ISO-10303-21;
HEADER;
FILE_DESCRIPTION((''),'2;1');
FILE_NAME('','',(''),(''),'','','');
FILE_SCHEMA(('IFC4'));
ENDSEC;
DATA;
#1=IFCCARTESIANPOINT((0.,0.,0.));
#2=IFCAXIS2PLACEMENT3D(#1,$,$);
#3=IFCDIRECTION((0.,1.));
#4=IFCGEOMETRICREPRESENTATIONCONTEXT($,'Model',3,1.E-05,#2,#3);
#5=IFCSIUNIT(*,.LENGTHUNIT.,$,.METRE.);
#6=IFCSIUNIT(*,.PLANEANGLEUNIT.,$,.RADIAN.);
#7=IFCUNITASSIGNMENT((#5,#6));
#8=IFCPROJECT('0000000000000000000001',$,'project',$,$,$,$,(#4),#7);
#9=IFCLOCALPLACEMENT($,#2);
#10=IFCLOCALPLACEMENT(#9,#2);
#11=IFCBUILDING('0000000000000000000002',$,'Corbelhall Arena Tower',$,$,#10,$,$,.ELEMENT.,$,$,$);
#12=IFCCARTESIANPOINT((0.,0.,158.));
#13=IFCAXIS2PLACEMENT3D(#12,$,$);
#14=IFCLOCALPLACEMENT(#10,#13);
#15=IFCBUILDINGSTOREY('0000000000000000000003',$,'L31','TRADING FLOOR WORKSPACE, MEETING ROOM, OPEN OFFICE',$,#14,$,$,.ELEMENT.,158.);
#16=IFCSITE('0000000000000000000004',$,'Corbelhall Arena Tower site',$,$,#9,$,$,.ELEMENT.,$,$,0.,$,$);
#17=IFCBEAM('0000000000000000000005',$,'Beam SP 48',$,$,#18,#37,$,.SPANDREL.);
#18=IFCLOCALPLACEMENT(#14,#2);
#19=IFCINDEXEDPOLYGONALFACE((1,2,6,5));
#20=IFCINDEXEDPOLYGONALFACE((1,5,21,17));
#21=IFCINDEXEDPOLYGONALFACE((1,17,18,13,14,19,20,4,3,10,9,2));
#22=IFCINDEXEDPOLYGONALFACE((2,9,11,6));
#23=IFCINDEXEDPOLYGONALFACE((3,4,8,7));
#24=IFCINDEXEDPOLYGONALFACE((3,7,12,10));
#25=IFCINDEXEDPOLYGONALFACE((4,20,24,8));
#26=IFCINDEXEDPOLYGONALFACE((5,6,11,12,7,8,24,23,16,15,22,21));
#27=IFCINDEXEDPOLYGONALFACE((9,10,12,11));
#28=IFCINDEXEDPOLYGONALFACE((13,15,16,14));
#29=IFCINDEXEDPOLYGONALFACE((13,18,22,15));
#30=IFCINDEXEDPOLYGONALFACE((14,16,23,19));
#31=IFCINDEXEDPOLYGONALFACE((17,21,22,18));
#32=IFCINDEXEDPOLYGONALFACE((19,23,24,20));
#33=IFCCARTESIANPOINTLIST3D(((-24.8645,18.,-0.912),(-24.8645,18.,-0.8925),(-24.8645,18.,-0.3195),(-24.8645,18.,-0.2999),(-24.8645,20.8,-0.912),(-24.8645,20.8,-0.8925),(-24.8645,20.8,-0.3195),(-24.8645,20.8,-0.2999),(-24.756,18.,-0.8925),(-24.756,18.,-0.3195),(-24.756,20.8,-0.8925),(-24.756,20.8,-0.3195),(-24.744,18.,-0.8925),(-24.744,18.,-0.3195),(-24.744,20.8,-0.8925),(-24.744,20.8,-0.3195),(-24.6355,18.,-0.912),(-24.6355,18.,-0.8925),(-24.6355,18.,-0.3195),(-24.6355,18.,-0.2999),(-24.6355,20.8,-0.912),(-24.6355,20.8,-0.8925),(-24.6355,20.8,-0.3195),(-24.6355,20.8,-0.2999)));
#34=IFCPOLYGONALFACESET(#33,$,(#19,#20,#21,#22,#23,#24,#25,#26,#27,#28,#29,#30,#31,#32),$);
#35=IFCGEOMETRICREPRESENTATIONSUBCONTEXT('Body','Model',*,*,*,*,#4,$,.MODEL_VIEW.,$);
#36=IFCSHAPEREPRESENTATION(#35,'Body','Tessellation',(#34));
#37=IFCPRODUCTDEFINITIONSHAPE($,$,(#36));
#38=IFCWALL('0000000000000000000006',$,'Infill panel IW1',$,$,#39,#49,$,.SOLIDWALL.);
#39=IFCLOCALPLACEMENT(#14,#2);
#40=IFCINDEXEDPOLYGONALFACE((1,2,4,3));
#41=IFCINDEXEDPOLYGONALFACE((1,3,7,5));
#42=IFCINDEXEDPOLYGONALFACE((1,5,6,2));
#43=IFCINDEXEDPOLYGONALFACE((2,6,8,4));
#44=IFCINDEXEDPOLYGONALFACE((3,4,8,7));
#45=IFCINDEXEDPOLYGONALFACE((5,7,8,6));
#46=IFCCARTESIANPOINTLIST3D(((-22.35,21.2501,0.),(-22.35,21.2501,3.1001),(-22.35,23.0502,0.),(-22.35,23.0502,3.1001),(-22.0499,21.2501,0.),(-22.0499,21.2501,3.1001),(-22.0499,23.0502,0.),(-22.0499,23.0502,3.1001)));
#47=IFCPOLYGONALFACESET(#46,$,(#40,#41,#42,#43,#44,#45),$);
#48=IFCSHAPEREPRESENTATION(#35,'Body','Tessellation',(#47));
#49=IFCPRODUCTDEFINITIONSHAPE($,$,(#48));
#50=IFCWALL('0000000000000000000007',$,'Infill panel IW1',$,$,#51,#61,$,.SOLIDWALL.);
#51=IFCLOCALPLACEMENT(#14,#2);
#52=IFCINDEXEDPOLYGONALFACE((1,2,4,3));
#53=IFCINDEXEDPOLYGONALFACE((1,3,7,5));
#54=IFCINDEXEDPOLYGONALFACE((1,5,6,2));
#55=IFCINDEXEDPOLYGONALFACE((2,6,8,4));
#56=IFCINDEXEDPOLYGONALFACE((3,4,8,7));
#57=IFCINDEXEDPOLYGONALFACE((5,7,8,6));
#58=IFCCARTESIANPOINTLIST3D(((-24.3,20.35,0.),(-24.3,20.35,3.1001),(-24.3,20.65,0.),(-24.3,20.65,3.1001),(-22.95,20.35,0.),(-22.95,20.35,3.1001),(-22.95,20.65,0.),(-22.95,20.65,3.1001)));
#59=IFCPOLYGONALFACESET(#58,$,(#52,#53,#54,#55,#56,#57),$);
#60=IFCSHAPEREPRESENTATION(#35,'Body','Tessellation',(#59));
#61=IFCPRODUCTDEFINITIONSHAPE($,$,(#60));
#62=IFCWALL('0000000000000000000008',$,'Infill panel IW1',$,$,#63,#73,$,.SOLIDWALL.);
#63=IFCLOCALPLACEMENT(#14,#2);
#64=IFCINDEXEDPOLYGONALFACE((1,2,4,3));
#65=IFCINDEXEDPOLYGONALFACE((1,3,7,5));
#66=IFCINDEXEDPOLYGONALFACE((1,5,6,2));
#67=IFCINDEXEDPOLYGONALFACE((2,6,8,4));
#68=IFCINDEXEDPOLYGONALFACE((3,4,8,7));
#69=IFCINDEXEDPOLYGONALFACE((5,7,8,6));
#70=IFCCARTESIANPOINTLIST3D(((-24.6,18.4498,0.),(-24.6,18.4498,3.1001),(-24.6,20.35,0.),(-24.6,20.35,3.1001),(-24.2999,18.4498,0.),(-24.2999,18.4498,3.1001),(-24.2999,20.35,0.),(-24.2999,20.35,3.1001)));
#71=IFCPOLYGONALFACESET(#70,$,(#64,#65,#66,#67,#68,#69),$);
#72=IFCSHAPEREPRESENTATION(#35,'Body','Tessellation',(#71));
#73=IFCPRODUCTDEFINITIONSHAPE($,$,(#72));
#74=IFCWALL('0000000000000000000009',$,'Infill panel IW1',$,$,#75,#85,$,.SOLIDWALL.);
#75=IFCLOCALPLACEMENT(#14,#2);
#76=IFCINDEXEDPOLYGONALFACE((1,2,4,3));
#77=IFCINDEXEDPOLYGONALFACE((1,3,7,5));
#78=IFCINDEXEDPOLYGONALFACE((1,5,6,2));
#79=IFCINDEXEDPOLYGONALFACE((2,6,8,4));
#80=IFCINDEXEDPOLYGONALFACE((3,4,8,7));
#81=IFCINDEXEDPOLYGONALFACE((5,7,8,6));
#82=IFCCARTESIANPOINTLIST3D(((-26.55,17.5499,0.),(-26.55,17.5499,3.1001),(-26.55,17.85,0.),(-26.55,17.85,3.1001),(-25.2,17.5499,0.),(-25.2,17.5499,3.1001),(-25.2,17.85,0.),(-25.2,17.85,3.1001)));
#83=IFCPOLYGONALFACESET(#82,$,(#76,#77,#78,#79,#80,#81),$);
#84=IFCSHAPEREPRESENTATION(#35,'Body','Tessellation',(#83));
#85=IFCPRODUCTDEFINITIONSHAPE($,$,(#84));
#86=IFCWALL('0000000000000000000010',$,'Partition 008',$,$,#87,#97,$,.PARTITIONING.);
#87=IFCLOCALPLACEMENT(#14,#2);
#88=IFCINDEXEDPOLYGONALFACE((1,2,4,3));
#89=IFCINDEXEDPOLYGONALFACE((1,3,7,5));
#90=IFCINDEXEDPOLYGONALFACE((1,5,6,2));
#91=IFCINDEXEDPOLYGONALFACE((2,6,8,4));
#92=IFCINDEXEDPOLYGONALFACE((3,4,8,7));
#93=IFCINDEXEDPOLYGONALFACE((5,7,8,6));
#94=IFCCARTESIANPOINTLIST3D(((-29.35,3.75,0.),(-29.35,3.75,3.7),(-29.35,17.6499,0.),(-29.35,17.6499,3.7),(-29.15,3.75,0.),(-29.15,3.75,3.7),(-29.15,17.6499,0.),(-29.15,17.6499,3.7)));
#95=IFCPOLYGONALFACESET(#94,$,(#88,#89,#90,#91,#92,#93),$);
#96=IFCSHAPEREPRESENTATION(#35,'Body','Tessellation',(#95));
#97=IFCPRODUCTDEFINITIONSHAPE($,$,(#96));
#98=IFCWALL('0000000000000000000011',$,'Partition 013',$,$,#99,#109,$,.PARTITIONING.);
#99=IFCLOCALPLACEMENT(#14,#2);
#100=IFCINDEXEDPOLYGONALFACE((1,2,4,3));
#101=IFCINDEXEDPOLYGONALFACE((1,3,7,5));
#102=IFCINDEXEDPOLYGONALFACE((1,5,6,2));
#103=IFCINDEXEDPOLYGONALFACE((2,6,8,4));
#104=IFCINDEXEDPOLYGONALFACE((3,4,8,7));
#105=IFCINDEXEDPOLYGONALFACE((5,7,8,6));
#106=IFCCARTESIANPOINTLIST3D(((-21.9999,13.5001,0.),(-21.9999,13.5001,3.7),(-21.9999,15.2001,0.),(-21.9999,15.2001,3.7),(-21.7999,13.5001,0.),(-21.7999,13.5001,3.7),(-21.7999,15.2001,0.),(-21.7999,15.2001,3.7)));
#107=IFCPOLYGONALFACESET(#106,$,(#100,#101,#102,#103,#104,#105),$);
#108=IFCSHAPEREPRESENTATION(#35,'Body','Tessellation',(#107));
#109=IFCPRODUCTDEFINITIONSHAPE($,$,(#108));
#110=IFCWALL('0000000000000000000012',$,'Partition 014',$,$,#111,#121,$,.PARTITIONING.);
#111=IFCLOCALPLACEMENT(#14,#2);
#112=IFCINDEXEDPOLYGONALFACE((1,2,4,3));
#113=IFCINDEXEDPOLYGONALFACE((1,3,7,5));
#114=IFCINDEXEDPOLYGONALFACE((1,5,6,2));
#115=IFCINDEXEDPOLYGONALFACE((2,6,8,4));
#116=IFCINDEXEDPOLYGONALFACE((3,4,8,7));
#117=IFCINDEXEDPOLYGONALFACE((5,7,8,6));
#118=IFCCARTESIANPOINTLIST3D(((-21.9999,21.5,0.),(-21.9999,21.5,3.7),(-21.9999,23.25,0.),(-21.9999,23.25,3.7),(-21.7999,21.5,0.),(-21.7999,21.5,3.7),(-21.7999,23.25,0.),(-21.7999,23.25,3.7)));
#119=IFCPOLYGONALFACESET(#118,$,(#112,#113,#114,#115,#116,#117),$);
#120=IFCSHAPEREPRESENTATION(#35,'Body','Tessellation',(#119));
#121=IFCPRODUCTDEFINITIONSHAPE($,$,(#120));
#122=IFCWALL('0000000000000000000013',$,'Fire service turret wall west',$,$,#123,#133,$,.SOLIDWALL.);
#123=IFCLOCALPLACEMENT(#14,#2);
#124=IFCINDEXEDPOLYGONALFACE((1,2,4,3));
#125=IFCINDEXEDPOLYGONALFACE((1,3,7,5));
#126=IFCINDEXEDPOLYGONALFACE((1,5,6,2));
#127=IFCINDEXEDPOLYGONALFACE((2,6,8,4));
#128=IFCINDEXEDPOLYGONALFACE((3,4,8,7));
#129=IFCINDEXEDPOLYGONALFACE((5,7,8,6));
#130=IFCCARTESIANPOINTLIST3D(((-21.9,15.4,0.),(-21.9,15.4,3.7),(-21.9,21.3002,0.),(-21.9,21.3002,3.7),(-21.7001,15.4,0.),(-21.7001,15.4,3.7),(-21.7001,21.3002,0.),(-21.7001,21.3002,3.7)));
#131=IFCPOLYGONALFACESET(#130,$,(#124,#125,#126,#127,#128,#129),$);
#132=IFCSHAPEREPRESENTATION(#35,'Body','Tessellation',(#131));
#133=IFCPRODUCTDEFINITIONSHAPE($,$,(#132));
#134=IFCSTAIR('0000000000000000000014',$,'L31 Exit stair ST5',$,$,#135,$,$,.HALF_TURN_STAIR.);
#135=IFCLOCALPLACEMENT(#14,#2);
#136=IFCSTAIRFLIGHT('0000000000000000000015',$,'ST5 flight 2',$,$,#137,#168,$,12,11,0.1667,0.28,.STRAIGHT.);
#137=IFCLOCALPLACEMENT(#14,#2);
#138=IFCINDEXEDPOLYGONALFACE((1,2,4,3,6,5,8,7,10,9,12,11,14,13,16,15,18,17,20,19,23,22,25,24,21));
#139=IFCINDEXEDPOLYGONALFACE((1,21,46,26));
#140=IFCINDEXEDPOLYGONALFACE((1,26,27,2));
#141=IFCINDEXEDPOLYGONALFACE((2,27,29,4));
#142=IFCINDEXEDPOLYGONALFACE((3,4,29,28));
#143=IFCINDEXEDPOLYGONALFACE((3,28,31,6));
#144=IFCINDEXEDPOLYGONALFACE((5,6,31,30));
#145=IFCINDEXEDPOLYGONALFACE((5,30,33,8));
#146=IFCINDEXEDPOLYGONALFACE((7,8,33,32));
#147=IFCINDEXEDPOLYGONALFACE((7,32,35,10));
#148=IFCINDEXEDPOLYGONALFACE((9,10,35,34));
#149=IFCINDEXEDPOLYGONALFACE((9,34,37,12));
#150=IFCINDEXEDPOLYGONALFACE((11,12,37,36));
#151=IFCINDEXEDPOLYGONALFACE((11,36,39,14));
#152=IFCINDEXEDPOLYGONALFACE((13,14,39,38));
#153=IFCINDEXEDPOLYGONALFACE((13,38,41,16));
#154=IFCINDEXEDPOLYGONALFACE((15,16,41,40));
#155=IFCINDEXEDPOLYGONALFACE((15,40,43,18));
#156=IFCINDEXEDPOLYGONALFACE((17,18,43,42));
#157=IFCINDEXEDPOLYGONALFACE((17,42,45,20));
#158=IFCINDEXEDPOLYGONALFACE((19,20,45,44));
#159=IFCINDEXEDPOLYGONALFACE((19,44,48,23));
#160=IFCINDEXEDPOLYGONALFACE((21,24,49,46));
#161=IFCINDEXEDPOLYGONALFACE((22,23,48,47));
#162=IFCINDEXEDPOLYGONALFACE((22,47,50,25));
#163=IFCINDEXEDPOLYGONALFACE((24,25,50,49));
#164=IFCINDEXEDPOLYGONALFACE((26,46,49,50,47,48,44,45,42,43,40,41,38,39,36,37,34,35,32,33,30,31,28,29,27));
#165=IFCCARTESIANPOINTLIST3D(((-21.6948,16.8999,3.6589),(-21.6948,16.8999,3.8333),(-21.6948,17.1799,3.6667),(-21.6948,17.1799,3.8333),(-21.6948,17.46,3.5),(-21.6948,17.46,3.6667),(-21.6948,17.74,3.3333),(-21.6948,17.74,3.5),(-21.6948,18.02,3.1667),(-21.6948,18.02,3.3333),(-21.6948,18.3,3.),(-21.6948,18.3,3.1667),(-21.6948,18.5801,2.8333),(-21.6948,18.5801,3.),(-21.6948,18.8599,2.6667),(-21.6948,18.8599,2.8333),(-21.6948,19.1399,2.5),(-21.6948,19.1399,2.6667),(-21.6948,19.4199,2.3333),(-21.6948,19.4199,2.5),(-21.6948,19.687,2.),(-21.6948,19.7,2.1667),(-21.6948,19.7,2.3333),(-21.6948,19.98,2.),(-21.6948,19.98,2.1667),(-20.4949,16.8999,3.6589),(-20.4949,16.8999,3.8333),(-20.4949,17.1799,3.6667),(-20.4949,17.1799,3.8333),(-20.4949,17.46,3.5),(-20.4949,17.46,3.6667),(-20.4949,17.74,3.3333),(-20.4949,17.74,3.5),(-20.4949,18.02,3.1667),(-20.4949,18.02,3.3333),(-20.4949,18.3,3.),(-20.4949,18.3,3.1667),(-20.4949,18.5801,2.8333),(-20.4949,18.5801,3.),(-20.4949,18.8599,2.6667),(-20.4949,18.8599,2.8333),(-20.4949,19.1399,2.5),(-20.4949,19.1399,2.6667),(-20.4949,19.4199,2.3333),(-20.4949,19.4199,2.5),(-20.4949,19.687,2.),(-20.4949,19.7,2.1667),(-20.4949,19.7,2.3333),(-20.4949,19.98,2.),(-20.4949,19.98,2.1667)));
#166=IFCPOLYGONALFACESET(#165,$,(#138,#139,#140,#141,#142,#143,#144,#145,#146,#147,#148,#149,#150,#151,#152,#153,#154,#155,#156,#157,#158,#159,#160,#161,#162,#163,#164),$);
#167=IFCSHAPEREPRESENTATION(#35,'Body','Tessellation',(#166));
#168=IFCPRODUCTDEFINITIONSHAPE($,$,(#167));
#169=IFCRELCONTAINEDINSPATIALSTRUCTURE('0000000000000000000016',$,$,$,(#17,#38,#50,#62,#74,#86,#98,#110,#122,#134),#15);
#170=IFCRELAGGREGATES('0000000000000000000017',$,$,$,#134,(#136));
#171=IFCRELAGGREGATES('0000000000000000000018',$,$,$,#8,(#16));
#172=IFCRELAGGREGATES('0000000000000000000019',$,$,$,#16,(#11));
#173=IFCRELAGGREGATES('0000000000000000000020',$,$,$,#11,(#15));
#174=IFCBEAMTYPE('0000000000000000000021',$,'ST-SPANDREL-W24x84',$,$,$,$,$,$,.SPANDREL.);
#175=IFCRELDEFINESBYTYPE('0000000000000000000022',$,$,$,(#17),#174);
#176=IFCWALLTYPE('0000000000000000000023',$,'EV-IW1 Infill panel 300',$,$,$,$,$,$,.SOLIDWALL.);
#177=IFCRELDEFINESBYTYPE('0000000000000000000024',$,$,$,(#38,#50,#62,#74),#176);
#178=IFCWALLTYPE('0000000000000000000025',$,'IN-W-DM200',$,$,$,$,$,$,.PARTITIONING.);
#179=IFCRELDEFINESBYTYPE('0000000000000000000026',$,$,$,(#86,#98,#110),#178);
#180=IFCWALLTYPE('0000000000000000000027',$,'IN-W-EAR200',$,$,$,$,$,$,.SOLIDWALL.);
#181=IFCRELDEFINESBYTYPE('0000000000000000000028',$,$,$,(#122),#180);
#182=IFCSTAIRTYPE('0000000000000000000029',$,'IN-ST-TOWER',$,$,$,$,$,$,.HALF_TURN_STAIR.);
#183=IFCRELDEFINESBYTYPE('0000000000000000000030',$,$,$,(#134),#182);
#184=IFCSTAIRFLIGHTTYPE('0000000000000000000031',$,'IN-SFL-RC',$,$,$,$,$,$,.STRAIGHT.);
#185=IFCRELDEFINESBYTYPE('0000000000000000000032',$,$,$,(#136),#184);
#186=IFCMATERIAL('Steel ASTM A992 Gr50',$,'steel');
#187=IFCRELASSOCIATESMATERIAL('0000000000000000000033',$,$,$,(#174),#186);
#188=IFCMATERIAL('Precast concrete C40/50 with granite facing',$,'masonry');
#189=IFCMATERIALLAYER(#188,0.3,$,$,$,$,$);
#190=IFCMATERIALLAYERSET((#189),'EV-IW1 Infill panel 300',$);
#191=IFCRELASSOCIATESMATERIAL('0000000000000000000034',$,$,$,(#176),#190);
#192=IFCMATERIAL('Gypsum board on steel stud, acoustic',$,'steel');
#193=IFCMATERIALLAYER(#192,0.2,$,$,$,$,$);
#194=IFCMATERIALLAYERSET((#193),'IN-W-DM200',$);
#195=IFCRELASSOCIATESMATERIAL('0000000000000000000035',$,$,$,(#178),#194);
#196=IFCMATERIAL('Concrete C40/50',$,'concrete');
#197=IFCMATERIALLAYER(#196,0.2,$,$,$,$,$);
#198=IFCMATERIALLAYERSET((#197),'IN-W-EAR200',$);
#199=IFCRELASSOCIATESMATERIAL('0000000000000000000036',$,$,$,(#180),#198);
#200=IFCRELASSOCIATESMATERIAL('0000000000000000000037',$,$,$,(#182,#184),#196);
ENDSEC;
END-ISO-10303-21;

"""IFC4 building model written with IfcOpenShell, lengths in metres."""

from ifc_helpers import new_model, si_unit, direction, frame, frame_2d, origin, origin_2d, place, context, subcontext, project, spatial, polyline, rectangle, i_section, outline, extrude, material, layer, layer_set, material_profile, profile_set, type_object, element, aggregate, save


model = new_model("IFC4")

# Units and contexts
model_context = context("Model", 3, precision=1e-05, world=origin(), true_north=direction((0.0, 1.0)))
body_context = subcontext(model_context, "Body", "Model", "MODEL_VIEW")
ifc_project = project(units=[si_unit("LENGTHUNIT", "METRE"), si_unit("PLANEANGLEUNIT", "RADIAN")], contexts=[model_context])

# Site, building, storey
site_placement = place(None, origin())
site = spatial("IfcSite", under=ifc_project, at=site_placement, Name="Corbelhall Arena Tower site", CompositionType="ELEMENT", RefElevation=0.0)
building_placement = place(site_placement, origin())
building = spatial("IfcBuilding", under=site, at=building_placement, Name="Corbelhall Arena Tower", CompositionType="ELEMENT")
storey_placement = place(building_placement, frame((0.0, 0.0, 158.0)))
storey = spatial("IfcBuildingStorey", under=building, at=storey_placement, Name="L31", Description="TRADING FLOOR WORKSPACE, MEETING ROOM, OPEN OFFICE", CompositionType="ELEMENT", Elevation=158.0)

# Beam
ifc_material_1 = material(Name="Steel ASTM A992 Gr50", Category="steel")
ifc_material_profile_1 = material_profile(ifc_material_1, i_section(OverallWidth=0.229, OverallDepth=0.6121, WebThickness=0.012, FlangeThickness=0.0195, at=origin_2d()))
ifc_profile_set_1 = profile_set([ifc_material_profile_1], Name="Steel ASTM A992 Gr50")
beam_type = type_object("IfcBeamType", Name="ST-SPANDREL-W24x84", PredefinedType="SPANDREL", material=ifc_profile_set_1)
beam_1_placement = place(storey_placement, frame((-24.75, 18.0, -0.606), z_axis=(0.0, 1.0, 0.0), x_axis=(-1.0, 0.0, 0.0)))
element("IfcBeam", 1, at=beam_1_placement, inside=storey, type_object=beam_type, Name="Beam SP 48", PredefinedType="SPANDREL", context=body_context, shape_type="SweptSolid", body=[
    extrude(i_section(OverallWidth=0.229, OverallDepth=0.6121, WebThickness=0.012, FlangeThickness=0.0195, at=origin_2d()), origin(), (0.0, 0.0, 1.0), 2.8),
])

# Walls
ifc_material_2 = material(Name="Precast concrete C40/50 with granite facing", Category="masonry")
ifc_layer_1 = layer(ifc_material_2, 0.3)
ifc_layer_set_1 = layer_set([ifc_layer_1], Name="EV-IW1 Infill panel 300")
wall_type_1 = type_object("IfcWallType", Name="EV-IW1 Infill panel 300", PredefinedType="SOLIDWALL", material=ifc_layer_set_1)
wall_1_placement = place(storey_placement, frame((-22.2, 23.05, 0.0), z_axis=(0.0, 0.0, 1.0), x_axis=(0.0, -1.0, 0.0)))
element("IfcWall", 2, at=wall_1_placement, inside=storey, type_object=wall_type_1, Name="Infill panel IW1", PredefinedType="SOLIDWALL", context=body_context, shape_type="SweptSolid", body=[
    extrude(rectangle(XDim=1.8, YDim=0.3, at=frame_2d((0.8999, 0.0))), origin(), (0.0, 0.0, 1.0), 3.1001),
])
wall_2_placement = place(storey_placement, frame((-22.95, 20.5, 0.0), z_axis=(0.0, 0.0, 1.0), x_axis=(-1.0, 0.0, 0.0)))
element("IfcWall", 3, at=wall_2_placement, inside=storey, type_object=wall_type_1, Name="Infill panel IW1", PredefinedType="SOLIDWALL", context=body_context, shape_type="SweptSolid", body=[
    extrude(rectangle(XDim=1.3501, YDim=0.3, at=frame_2d((0.675, 0.0))), origin(), (0.0, 0.0, 1.0), 3.1001),
])
wall_3_placement = place(storey_placement, frame((-24.45, 20.3501, 0.0), z_axis=(0.0, 0.0, 1.0), x_axis=(0.0, -1.0, 0.0)))
element("IfcWall", 4, at=wall_3_placement, inside=storey, type_object=wall_type_1, Name="Infill panel IW1", PredefinedType="SOLIDWALL", context=body_context, shape_type="SweptSolid", body=[
    extrude(rectangle(XDim=1.9001, YDim=0.3, at=frame_2d((0.9502, 0.0))), origin(), (0.0, 0.0, 1.0), 3.1001),
])
wall_4_placement = place(storey_placement, frame((-25.2, 17.7, 0.0), z_axis=(0.0, 0.0, 1.0), x_axis=(-1.0, 0.0, 0.0)))
element("IfcWall", 5, at=wall_4_placement, inside=storey, type_object=wall_type_1, Name="Infill panel IW1", PredefinedType="SOLIDWALL", context=body_context, shape_type="SweptSolid", body=[
    extrude(rectangle(XDim=1.3501, YDim=0.3, at=frame_2d((0.675, 0.0))), origin(), (0.0, 0.0, 1.0), 3.1001),
])

# Wall
ifc_material_3 = material(Name="Gypsum board on steel stud, acoustic", Category="steel")
ifc_layer_2 = layer(ifc_material_3, 0.2)
ifc_layer_set_2 = layer_set([ifc_layer_2], Name="IN-W-DM200")
wall_type_2 = type_object("IfcWallType", Name="IN-W-DM200", PredefinedType="PARTITIONING", material=ifc_layer_set_2)
wall_5_placement = place(storey_placement, frame((-29.25, 3.75, 0.0), z_axis=(0.0, 0.0, 1.0), x_axis=(0.0, 1.0, 0.0)))
element("IfcWall", 6, at=wall_5_placement, inside=storey, type_object=wall_type_2, Name="Partition 008", PredefinedType="PARTITIONING", context=body_context, shape_type="SweptSolid", body=[
    extrude(rectangle(XDim=13.8999, YDim=0.2, at=frame_2d((6.95, 0.0))), origin(), (0.0, 0.0, 1.0), 3.7),
])

# Walls
wall_6_placement = place(storey_placement, frame((-21.8999, 13.5, 0.0), z_axis=(0.0, 0.0, 1.0), x_axis=(0.0, 1.0, 0.0)))
element("IfcWall", 7, at=wall_6_placement, inside=storey, type_object=wall_type_2, Name="Partition 013", PredefinedType="PARTITIONING", context=body_context, shape_type="SweptSolid", body=[
    extrude(rectangle(XDim=1.7, YDim=0.2, at=frame_2d((0.8501, 0.0))), origin(), (0.0, 0.0, 1.0), 3.7),
])
wall_7_placement = place(storey_placement, frame((-21.8999, 21.5, 0.0), z_axis=(0.0, 0.0, 1.0), x_axis=(0.0, 1.0, 0.0)))
element("IfcWall", 8, at=wall_7_placement, inside=storey, type_object=wall_type_2, Name="Partition 014", PredefinedType="PARTITIONING", context=body_context, shape_type="SweptSolid", body=[
    extrude(rectangle(XDim=1.75, YDim=0.2, at=frame_2d((0.875, 0.0))), origin(), (0.0, 0.0, 1.0), 3.7),
])

# Shared definitions
ifc_material_4 = material(Name="Concrete C40/50", Category="concrete")
ifc_layer_3 = layer(ifc_material_4, 0.2)
ifc_layer_set_3 = layer_set([ifc_layer_3], Name="IN-W-EAR200")
wall_type_3 = type_object("IfcWallType", Name="IN-W-EAR200", PredefinedType="SOLIDWALL", material=ifc_layer_set_3)

# Wall
wall_8_placement = place(storey_placement, frame((-21.8, 15.3999, 0.0), z_axis=(0.0, 0.0, 1.0), x_axis=(0.0, 1.0, 0.0)))
element("IfcWall", 9, at=wall_8_placement, inside=storey, type_object=wall_type_3, Name="Fire service turret wall west", PredefinedType="SOLIDWALL", context=body_context, shape_type="SweptSolid", body=[
    extrude(rectangle(XDim=5.9001, YDim=0.2, at=frame_2d((2.9502, 0.0))), origin(), (0.0, 0.0, 1.0), 3.7),
])

# Stair, stair flight
stair_type = type_object("IfcStairType", Name="IN-ST-TOWER", PredefinedType="HALF_TURN_STAIR", material=ifc_material_4)
stair_placement = place(storey_placement, origin())
stair = element("IfcStair", 10, at=stair_placement, inside=storey, type_object=stair_type, Name="L31 Exit stair ST5", PredefinedType="HALF_TURN_STAIR")
stair_flight_type = type_object("IfcStairFlightType", Name="IN-SFL-RC", PredefinedType="STRAIGHT", material=ifc_material_4)
stair_flight_placement = place(storey_placement, frame((-21.095, 19.98, 2.0), z_axis=(0.0, 0.0, 1.0), x_axis=(0.0, -1.0, 0.0)))
stair_flight = element("IfcStairFlight", 11, at=stair_flight_placement, type_object=stair_flight_type, Name="ST5 flight 2", NumberOfRisers=12, NumberOfTreads=11, PredefinedType="STRAIGHT", RiserHeight=0.1667, TreadLength=0.28, context=body_context, shape_type="SweptSolid", body=[
    extrude(outline(polyline([(0.0, 0.0), (0.0, 0.1667), (0.28, 0.1667), (0.28, 0.3333), (0.5601, 0.3333), (0.5601, 0.5), (0.8401, 0.5), (0.8401, 0.6667), (1.1201, 0.6667), (1.1201, 0.8333), (1.3999, 0.8333), (1.3999, 1.0), (1.6799, 1.0), (1.6799, 1.1667), (1.96, 1.1667), (1.96, 1.3333), (2.24, 1.3333), (2.24, 1.5), (2.52, 1.5), (2.52, 1.6667), (2.8, 1.6667), (2.8, 1.8333), (3.0801, 1.8333), (3.0801, 2.0), (3.0801, 1.6589), (0.293, 0.0), (0.0, 0.0)])), frame((0.0, 0.6001, 0.0), z_axis=(0.0, -1.0, 0.0), x_axis=(1.0, 0.0, 0.0)), (0.0, 0.0, 1.0), 1.2),
])
aggregate(stair, [stair_flight])

save(model, "model.ifc")
